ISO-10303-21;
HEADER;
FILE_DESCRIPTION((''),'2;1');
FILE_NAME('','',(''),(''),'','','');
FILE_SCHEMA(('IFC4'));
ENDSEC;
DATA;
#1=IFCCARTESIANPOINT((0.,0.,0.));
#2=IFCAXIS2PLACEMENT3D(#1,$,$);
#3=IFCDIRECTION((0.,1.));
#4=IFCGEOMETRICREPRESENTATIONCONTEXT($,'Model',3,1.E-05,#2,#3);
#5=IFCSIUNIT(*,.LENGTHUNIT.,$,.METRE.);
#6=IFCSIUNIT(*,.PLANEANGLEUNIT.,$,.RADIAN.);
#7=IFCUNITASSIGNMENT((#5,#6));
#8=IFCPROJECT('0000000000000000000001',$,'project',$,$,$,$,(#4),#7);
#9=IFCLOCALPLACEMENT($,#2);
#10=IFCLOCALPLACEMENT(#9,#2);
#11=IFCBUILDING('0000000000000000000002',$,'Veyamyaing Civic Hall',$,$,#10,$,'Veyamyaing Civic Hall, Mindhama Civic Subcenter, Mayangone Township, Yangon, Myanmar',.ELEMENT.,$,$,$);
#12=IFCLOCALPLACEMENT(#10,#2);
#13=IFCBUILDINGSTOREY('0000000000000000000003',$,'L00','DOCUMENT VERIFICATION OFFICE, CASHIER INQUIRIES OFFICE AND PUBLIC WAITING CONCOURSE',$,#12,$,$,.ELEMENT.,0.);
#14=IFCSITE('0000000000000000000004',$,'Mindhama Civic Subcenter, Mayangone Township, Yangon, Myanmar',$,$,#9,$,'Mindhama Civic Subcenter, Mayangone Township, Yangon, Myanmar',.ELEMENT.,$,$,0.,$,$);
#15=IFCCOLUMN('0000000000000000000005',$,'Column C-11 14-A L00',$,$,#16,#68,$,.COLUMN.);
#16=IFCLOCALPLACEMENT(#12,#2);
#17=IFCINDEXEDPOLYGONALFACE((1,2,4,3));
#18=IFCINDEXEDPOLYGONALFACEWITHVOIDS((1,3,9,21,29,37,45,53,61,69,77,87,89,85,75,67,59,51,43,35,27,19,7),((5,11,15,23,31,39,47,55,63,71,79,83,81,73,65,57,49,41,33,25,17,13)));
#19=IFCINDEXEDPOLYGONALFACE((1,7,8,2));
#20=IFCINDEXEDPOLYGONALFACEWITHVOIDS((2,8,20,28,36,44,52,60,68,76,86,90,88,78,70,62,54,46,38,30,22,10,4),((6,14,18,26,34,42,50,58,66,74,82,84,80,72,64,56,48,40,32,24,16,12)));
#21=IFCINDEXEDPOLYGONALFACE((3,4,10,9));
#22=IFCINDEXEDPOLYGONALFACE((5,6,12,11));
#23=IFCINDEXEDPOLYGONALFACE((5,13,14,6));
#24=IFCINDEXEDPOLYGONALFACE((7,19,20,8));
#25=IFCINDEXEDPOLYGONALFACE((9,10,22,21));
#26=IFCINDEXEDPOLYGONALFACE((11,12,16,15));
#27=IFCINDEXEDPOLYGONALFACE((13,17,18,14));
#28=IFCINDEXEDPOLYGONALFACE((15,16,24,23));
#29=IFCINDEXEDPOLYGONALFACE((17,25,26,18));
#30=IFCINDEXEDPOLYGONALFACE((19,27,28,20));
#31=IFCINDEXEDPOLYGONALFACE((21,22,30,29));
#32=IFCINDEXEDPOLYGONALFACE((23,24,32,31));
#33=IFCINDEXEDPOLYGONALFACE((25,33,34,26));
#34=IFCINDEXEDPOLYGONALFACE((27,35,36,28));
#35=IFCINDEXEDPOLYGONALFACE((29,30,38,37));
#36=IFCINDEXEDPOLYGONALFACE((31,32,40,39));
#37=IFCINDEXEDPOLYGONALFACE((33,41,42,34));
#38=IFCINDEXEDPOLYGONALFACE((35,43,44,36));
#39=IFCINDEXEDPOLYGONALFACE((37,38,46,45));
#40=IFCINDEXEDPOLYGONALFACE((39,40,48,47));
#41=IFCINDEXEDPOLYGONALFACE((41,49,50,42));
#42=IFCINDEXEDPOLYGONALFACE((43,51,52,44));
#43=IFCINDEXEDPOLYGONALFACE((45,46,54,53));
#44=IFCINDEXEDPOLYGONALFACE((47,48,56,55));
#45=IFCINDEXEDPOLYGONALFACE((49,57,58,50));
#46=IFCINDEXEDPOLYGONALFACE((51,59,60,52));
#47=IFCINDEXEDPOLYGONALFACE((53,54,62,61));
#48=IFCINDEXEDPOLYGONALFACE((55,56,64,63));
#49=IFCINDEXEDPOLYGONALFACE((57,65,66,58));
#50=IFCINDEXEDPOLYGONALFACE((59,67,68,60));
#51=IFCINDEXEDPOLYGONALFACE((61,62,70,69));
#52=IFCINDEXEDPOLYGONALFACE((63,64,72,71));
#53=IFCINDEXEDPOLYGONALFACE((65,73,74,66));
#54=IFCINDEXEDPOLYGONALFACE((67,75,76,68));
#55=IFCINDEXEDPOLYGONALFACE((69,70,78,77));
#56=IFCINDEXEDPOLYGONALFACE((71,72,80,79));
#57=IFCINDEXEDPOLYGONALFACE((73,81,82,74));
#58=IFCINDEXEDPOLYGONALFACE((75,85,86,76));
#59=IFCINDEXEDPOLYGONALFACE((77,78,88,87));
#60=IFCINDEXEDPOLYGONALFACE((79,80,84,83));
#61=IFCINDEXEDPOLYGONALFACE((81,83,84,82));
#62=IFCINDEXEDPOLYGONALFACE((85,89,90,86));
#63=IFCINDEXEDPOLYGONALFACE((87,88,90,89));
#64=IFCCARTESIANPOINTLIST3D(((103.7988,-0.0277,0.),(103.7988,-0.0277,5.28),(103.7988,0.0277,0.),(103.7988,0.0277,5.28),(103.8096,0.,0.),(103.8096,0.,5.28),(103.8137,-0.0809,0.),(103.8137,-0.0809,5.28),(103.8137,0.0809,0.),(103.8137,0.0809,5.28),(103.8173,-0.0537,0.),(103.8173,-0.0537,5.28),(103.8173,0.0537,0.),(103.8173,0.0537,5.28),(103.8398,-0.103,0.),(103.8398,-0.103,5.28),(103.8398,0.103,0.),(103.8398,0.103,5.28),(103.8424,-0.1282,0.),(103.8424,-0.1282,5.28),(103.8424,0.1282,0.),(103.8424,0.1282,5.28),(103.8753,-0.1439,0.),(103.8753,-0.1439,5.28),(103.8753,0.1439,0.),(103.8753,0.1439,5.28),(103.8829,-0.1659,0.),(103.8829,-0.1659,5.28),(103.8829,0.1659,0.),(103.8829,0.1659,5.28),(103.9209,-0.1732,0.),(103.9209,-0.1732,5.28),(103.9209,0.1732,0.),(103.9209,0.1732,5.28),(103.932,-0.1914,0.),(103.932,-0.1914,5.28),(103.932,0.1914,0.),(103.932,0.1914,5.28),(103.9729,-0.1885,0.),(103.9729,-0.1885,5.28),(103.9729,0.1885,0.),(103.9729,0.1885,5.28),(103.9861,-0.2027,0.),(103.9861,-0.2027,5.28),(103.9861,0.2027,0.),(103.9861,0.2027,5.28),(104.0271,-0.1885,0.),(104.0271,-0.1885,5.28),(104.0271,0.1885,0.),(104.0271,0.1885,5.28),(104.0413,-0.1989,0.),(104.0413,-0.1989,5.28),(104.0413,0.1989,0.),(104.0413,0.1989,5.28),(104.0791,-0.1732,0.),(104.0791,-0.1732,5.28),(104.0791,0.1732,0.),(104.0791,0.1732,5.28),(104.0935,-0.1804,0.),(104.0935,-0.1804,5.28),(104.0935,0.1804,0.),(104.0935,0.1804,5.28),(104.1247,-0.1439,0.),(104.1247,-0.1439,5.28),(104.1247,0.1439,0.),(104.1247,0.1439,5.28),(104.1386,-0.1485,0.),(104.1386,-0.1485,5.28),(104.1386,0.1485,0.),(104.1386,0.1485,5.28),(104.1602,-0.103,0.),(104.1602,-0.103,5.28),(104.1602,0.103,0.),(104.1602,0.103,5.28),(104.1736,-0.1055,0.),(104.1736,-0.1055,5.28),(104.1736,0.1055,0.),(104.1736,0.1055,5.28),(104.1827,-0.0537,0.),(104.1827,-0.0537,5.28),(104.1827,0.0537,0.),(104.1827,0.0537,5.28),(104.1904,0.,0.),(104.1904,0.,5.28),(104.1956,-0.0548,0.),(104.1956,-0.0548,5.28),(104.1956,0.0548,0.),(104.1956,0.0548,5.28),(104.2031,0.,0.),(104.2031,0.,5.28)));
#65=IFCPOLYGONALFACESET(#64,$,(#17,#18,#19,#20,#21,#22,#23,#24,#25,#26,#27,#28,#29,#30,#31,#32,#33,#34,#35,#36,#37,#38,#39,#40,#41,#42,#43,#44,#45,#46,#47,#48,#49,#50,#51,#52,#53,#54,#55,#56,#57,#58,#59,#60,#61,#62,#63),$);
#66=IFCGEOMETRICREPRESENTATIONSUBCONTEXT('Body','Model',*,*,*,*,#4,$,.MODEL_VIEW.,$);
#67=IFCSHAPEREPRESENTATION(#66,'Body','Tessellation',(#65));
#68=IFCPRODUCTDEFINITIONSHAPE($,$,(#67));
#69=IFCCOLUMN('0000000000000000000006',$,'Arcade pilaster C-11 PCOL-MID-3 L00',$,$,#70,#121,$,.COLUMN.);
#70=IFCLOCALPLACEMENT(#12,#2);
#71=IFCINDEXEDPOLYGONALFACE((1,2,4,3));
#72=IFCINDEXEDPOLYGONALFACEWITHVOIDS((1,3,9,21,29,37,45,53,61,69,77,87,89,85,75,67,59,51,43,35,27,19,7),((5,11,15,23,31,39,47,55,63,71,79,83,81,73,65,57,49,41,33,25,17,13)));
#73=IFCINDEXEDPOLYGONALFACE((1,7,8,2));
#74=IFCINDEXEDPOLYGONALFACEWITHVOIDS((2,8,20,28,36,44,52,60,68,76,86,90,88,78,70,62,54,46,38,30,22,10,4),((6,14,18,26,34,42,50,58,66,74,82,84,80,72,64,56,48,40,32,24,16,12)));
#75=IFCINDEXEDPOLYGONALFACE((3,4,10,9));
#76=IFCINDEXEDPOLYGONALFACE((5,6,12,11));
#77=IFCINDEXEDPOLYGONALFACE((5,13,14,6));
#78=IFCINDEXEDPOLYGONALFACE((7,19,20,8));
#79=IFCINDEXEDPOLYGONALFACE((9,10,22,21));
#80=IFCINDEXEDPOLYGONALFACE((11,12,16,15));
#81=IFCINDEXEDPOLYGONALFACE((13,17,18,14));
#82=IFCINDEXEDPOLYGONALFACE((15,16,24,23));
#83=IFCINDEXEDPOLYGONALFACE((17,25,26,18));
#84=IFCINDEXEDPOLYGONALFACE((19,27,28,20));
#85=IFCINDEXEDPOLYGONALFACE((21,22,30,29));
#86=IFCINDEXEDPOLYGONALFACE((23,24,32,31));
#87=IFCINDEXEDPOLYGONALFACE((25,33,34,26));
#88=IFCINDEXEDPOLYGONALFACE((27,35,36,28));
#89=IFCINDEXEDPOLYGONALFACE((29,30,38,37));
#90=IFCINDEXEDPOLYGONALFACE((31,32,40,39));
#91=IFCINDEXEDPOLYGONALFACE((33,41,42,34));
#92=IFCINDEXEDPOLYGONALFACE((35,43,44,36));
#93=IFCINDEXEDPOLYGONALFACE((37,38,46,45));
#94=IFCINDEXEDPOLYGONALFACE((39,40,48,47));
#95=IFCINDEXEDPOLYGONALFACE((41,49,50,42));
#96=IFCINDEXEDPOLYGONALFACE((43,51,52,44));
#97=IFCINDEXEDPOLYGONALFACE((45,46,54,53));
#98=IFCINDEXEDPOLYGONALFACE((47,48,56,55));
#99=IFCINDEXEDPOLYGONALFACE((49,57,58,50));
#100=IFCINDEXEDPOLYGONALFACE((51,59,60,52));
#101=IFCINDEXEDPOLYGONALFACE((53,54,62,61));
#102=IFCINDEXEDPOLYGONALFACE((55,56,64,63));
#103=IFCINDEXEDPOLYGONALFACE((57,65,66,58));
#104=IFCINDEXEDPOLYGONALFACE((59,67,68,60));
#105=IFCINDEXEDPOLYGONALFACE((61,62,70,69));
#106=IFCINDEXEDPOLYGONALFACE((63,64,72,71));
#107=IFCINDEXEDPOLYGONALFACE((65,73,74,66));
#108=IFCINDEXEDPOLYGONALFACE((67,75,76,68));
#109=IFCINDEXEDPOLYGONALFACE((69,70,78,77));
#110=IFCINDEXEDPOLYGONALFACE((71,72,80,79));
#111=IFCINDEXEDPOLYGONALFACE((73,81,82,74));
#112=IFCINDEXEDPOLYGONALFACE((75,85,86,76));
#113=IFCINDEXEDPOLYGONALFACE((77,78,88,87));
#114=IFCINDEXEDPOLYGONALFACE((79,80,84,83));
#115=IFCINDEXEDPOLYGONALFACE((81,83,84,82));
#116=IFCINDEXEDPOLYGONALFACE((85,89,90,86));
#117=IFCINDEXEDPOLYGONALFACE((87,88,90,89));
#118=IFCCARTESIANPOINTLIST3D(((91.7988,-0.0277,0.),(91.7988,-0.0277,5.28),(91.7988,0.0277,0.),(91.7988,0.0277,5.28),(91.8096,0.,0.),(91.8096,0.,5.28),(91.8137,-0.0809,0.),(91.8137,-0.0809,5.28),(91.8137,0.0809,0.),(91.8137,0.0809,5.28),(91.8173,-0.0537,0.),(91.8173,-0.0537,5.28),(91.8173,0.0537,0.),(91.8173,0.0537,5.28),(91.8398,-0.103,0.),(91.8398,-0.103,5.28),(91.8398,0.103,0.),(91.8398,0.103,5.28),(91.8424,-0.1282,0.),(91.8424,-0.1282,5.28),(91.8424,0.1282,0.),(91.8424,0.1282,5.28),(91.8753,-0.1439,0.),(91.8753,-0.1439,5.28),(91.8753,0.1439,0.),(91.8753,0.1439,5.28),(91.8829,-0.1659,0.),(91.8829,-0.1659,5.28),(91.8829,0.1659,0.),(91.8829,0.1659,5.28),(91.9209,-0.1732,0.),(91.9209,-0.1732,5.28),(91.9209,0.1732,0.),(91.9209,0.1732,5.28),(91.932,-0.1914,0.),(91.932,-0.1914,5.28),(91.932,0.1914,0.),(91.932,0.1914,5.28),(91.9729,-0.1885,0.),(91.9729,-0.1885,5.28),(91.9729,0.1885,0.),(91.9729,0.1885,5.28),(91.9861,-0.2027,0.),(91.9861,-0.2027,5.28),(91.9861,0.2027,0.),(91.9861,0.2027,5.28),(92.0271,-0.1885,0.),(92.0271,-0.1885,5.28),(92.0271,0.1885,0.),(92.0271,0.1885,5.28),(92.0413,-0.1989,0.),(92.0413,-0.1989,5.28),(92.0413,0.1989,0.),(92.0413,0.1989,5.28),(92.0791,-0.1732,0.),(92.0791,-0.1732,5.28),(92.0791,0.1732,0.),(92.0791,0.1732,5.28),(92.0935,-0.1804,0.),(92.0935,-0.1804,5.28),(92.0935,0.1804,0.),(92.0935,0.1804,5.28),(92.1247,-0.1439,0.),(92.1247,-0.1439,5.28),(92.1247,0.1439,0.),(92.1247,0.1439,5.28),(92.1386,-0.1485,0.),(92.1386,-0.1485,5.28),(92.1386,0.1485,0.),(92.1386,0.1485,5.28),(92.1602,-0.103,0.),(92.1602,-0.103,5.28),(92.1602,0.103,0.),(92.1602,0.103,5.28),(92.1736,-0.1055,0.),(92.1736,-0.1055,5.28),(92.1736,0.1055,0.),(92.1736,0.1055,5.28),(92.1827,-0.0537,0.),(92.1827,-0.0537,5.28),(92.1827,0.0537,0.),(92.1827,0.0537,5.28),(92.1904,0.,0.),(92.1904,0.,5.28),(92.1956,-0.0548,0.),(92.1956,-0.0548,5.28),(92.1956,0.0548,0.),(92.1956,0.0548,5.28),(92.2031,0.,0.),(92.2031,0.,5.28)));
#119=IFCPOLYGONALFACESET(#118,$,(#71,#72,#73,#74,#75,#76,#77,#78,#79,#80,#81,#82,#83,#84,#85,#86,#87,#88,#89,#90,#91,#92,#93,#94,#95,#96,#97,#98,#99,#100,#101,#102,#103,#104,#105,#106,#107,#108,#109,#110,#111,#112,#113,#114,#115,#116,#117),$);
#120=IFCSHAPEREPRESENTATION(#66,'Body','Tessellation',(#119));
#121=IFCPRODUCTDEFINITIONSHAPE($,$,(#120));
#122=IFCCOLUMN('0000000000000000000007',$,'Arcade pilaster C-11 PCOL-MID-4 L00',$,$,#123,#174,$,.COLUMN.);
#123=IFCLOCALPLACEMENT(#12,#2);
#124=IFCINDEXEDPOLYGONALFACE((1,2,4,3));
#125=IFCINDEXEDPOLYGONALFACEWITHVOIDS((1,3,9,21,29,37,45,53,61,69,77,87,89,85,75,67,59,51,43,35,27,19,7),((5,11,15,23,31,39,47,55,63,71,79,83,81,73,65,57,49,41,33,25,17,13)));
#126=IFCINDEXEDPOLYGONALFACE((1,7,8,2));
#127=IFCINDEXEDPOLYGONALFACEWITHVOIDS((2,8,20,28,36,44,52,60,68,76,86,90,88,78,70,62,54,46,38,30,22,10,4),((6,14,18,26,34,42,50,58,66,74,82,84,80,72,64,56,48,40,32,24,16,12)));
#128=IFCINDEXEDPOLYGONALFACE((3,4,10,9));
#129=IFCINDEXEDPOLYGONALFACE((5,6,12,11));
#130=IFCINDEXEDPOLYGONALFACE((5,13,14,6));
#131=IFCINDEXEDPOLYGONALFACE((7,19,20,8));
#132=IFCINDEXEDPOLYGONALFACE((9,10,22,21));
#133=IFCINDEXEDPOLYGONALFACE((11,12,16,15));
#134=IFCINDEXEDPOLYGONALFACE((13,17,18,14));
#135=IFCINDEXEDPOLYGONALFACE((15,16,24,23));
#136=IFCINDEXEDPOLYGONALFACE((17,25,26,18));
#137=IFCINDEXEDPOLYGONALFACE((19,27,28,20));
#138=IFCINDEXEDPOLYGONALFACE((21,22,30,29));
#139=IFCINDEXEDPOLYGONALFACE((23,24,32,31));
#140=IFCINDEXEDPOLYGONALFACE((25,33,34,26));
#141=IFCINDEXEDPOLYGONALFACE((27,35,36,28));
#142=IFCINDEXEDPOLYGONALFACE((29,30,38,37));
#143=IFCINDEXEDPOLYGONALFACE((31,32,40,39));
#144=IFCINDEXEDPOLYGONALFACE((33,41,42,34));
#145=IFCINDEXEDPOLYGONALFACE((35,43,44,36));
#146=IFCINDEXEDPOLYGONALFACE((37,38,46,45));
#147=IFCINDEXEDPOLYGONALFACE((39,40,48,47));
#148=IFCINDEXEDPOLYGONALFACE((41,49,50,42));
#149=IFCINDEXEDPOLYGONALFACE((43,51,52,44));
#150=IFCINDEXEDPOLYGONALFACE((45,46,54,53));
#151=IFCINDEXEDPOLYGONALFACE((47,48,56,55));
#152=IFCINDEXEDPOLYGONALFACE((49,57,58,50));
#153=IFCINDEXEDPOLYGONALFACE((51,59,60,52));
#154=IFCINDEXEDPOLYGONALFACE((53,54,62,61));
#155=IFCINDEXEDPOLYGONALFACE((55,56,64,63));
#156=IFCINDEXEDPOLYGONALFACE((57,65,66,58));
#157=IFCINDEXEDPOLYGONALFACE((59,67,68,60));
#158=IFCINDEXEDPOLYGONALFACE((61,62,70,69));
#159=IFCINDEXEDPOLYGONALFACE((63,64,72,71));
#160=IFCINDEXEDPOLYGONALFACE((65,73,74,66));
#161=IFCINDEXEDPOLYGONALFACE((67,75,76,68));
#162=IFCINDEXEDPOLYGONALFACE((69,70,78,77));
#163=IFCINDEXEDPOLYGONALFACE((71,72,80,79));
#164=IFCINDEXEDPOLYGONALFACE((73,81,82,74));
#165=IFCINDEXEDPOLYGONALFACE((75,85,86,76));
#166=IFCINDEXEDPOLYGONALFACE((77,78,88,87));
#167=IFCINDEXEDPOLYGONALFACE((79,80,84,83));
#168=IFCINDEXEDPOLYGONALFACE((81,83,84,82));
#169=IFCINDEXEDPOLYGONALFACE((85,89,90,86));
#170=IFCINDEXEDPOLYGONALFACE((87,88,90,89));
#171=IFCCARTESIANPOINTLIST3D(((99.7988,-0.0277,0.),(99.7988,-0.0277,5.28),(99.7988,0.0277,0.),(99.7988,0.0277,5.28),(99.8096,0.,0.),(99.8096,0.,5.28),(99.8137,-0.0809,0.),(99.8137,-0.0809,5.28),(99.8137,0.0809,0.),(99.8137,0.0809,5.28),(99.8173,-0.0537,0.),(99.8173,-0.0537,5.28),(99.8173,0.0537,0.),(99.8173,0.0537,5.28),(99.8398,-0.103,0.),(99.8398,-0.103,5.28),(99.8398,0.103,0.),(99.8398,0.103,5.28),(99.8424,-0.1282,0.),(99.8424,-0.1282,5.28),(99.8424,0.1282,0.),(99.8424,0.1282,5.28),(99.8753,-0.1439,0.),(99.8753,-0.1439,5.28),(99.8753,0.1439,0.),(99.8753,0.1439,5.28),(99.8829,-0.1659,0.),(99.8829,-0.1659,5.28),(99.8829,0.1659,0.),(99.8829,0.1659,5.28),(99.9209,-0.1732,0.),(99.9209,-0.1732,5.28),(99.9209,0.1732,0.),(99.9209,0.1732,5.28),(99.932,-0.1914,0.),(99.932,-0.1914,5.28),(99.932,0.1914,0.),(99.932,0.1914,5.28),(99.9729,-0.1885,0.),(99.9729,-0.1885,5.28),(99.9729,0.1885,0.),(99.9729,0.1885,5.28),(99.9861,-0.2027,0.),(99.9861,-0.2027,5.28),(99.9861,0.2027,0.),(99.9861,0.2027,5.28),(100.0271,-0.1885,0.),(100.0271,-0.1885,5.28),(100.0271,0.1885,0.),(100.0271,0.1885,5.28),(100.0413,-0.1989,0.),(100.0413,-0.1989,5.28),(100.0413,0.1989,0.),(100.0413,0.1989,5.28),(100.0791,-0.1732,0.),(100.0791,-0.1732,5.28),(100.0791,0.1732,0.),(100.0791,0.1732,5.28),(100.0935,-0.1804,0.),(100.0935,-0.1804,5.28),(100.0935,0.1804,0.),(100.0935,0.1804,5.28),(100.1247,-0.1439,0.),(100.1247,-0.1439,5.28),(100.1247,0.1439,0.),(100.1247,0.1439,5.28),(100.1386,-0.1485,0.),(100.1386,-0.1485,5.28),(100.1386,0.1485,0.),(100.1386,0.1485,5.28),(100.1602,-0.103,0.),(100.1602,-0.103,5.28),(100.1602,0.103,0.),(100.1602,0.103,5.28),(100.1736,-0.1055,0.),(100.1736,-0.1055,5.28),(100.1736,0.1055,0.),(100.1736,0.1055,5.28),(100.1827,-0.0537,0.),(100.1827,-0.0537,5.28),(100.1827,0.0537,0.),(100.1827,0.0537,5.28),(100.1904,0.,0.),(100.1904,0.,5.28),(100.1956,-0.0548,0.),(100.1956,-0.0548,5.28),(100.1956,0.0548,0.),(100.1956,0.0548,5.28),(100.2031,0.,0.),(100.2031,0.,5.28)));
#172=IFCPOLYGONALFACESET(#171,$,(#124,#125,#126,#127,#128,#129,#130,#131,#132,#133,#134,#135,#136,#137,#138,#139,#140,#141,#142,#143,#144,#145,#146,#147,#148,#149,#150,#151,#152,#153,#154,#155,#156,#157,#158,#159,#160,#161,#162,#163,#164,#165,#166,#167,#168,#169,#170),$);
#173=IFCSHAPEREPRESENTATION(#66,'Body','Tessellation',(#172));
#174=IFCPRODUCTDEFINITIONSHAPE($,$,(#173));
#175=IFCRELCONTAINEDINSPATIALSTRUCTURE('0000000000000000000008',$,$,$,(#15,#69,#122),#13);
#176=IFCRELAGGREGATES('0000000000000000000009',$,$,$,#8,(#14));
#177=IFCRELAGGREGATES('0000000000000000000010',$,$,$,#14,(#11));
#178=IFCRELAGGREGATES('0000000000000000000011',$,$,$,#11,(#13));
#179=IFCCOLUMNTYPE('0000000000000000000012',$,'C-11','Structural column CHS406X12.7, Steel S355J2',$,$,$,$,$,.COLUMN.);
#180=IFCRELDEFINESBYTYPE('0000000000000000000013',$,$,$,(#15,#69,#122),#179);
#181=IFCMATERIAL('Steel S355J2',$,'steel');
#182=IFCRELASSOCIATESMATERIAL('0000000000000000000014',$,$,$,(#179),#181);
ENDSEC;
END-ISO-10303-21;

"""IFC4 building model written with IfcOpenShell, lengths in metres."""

from ifc_helpers import new_model, si_unit, direction, frame, origin, origin_2d, place, context, subcontext, project, spatial, hollow_circle, extrude, material, material_profile, profile_set, type_object, element, save


model = new_model("IFC4")

# Units and contexts
model_context = context("Model", 3, precision=1e-05, world=origin(), true_north=direction((0.0, 1.0)))
body_context = subcontext(model_context, "Body", "Model", "MODEL_VIEW")
ifc_project = project(units=[si_unit("LENGTHUNIT", "METRE"), si_unit("PLANEANGLEUNIT", "RADIAN")], contexts=[model_context])

# Site, building, storey
site_placement = place(None, origin())
site = spatial("IfcSite", under=ifc_project, at=site_placement, Name="Mindhama Civic Subcenter, Mayangone Township, Yangon, Myanmar", LongName="Mindhama Civic Subcenter, Mayangone Township, Yangon, Myanmar", CompositionType="ELEMENT", RefElevation=0.0)
building_placement = place(site_placement, origin())
building = spatial("IfcBuilding", under=site, at=building_placement, Name="Veyamyaing Civic Hall", LongName="Veyamyaing Civic Hall, Mindhama Civic Subcenter, Mayangone Township, Yangon, Myanmar", CompositionType="ELEMENT")
storey_placement = place(building_placement, origin())
storey = spatial("IfcBuildingStorey", under=building, at=storey_placement, Name="L00", Description="DOCUMENT VERIFICATION OFFICE, CASHIER INQUIRIES OFFICE AND PUBLIC WAITING CONCOURSE", CompositionType="ELEMENT", Elevation=0.0)

# Columns
ifc_material_1 = material(Name="Steel S355J2", Category="steel")
ifc_material_profile_1 = material_profile(ifc_material_1, hollow_circle(Radius=0.2031, WallThickness=0.0127, at=origin_2d()), Name="CHS406X12.7")
ifc_profile_set_1 = profile_set([ifc_material_profile_1], Name="Steel S355J2")
column_type_1 = type_object("IfcColumnType", Name="C-11", Description="Structural column CHS406X12.7, Steel S355J2", PredefinedType="COLUMN", material=ifc_profile_set_1)
for number, where, z_axis, x_axis, name in (
    (1, (104.0, 0.0, 0.0), (0.0, 0.0, 1.0), (1.0, 0.0, 0.0), "Column C-11 14-A L00"),
    (2, (92.0, 0.0, 0.0), (0.0, 0.0, 1.0), (1.0, 0.0, 0.0), "Arcade pilaster C-11 PCOL-MID-3 L00"),
    (3, (100.0, 0.0, 0.0), (0.0, 0.0, 1.0), (1.0, 0.0, 0.0), "Arcade pilaster C-11 PCOL-MID-4 L00"),
):
    element("IfcColumn", number, at=place(storey_placement, frame(where, z_axis=z_axis, x_axis=x_axis)), inside=storey, type_object=column_type_1, Name=name, PredefinedType="COLUMN", context=body_context, shape_type="SweptSolid", body=[
        extrude(hollow_circle(Radius=0.2031, WallThickness=0.0127, at=origin_2d()), origin(), (0.0, 0.0, 1.0), 5.28),
    ])

save(model, "model.ifc")
